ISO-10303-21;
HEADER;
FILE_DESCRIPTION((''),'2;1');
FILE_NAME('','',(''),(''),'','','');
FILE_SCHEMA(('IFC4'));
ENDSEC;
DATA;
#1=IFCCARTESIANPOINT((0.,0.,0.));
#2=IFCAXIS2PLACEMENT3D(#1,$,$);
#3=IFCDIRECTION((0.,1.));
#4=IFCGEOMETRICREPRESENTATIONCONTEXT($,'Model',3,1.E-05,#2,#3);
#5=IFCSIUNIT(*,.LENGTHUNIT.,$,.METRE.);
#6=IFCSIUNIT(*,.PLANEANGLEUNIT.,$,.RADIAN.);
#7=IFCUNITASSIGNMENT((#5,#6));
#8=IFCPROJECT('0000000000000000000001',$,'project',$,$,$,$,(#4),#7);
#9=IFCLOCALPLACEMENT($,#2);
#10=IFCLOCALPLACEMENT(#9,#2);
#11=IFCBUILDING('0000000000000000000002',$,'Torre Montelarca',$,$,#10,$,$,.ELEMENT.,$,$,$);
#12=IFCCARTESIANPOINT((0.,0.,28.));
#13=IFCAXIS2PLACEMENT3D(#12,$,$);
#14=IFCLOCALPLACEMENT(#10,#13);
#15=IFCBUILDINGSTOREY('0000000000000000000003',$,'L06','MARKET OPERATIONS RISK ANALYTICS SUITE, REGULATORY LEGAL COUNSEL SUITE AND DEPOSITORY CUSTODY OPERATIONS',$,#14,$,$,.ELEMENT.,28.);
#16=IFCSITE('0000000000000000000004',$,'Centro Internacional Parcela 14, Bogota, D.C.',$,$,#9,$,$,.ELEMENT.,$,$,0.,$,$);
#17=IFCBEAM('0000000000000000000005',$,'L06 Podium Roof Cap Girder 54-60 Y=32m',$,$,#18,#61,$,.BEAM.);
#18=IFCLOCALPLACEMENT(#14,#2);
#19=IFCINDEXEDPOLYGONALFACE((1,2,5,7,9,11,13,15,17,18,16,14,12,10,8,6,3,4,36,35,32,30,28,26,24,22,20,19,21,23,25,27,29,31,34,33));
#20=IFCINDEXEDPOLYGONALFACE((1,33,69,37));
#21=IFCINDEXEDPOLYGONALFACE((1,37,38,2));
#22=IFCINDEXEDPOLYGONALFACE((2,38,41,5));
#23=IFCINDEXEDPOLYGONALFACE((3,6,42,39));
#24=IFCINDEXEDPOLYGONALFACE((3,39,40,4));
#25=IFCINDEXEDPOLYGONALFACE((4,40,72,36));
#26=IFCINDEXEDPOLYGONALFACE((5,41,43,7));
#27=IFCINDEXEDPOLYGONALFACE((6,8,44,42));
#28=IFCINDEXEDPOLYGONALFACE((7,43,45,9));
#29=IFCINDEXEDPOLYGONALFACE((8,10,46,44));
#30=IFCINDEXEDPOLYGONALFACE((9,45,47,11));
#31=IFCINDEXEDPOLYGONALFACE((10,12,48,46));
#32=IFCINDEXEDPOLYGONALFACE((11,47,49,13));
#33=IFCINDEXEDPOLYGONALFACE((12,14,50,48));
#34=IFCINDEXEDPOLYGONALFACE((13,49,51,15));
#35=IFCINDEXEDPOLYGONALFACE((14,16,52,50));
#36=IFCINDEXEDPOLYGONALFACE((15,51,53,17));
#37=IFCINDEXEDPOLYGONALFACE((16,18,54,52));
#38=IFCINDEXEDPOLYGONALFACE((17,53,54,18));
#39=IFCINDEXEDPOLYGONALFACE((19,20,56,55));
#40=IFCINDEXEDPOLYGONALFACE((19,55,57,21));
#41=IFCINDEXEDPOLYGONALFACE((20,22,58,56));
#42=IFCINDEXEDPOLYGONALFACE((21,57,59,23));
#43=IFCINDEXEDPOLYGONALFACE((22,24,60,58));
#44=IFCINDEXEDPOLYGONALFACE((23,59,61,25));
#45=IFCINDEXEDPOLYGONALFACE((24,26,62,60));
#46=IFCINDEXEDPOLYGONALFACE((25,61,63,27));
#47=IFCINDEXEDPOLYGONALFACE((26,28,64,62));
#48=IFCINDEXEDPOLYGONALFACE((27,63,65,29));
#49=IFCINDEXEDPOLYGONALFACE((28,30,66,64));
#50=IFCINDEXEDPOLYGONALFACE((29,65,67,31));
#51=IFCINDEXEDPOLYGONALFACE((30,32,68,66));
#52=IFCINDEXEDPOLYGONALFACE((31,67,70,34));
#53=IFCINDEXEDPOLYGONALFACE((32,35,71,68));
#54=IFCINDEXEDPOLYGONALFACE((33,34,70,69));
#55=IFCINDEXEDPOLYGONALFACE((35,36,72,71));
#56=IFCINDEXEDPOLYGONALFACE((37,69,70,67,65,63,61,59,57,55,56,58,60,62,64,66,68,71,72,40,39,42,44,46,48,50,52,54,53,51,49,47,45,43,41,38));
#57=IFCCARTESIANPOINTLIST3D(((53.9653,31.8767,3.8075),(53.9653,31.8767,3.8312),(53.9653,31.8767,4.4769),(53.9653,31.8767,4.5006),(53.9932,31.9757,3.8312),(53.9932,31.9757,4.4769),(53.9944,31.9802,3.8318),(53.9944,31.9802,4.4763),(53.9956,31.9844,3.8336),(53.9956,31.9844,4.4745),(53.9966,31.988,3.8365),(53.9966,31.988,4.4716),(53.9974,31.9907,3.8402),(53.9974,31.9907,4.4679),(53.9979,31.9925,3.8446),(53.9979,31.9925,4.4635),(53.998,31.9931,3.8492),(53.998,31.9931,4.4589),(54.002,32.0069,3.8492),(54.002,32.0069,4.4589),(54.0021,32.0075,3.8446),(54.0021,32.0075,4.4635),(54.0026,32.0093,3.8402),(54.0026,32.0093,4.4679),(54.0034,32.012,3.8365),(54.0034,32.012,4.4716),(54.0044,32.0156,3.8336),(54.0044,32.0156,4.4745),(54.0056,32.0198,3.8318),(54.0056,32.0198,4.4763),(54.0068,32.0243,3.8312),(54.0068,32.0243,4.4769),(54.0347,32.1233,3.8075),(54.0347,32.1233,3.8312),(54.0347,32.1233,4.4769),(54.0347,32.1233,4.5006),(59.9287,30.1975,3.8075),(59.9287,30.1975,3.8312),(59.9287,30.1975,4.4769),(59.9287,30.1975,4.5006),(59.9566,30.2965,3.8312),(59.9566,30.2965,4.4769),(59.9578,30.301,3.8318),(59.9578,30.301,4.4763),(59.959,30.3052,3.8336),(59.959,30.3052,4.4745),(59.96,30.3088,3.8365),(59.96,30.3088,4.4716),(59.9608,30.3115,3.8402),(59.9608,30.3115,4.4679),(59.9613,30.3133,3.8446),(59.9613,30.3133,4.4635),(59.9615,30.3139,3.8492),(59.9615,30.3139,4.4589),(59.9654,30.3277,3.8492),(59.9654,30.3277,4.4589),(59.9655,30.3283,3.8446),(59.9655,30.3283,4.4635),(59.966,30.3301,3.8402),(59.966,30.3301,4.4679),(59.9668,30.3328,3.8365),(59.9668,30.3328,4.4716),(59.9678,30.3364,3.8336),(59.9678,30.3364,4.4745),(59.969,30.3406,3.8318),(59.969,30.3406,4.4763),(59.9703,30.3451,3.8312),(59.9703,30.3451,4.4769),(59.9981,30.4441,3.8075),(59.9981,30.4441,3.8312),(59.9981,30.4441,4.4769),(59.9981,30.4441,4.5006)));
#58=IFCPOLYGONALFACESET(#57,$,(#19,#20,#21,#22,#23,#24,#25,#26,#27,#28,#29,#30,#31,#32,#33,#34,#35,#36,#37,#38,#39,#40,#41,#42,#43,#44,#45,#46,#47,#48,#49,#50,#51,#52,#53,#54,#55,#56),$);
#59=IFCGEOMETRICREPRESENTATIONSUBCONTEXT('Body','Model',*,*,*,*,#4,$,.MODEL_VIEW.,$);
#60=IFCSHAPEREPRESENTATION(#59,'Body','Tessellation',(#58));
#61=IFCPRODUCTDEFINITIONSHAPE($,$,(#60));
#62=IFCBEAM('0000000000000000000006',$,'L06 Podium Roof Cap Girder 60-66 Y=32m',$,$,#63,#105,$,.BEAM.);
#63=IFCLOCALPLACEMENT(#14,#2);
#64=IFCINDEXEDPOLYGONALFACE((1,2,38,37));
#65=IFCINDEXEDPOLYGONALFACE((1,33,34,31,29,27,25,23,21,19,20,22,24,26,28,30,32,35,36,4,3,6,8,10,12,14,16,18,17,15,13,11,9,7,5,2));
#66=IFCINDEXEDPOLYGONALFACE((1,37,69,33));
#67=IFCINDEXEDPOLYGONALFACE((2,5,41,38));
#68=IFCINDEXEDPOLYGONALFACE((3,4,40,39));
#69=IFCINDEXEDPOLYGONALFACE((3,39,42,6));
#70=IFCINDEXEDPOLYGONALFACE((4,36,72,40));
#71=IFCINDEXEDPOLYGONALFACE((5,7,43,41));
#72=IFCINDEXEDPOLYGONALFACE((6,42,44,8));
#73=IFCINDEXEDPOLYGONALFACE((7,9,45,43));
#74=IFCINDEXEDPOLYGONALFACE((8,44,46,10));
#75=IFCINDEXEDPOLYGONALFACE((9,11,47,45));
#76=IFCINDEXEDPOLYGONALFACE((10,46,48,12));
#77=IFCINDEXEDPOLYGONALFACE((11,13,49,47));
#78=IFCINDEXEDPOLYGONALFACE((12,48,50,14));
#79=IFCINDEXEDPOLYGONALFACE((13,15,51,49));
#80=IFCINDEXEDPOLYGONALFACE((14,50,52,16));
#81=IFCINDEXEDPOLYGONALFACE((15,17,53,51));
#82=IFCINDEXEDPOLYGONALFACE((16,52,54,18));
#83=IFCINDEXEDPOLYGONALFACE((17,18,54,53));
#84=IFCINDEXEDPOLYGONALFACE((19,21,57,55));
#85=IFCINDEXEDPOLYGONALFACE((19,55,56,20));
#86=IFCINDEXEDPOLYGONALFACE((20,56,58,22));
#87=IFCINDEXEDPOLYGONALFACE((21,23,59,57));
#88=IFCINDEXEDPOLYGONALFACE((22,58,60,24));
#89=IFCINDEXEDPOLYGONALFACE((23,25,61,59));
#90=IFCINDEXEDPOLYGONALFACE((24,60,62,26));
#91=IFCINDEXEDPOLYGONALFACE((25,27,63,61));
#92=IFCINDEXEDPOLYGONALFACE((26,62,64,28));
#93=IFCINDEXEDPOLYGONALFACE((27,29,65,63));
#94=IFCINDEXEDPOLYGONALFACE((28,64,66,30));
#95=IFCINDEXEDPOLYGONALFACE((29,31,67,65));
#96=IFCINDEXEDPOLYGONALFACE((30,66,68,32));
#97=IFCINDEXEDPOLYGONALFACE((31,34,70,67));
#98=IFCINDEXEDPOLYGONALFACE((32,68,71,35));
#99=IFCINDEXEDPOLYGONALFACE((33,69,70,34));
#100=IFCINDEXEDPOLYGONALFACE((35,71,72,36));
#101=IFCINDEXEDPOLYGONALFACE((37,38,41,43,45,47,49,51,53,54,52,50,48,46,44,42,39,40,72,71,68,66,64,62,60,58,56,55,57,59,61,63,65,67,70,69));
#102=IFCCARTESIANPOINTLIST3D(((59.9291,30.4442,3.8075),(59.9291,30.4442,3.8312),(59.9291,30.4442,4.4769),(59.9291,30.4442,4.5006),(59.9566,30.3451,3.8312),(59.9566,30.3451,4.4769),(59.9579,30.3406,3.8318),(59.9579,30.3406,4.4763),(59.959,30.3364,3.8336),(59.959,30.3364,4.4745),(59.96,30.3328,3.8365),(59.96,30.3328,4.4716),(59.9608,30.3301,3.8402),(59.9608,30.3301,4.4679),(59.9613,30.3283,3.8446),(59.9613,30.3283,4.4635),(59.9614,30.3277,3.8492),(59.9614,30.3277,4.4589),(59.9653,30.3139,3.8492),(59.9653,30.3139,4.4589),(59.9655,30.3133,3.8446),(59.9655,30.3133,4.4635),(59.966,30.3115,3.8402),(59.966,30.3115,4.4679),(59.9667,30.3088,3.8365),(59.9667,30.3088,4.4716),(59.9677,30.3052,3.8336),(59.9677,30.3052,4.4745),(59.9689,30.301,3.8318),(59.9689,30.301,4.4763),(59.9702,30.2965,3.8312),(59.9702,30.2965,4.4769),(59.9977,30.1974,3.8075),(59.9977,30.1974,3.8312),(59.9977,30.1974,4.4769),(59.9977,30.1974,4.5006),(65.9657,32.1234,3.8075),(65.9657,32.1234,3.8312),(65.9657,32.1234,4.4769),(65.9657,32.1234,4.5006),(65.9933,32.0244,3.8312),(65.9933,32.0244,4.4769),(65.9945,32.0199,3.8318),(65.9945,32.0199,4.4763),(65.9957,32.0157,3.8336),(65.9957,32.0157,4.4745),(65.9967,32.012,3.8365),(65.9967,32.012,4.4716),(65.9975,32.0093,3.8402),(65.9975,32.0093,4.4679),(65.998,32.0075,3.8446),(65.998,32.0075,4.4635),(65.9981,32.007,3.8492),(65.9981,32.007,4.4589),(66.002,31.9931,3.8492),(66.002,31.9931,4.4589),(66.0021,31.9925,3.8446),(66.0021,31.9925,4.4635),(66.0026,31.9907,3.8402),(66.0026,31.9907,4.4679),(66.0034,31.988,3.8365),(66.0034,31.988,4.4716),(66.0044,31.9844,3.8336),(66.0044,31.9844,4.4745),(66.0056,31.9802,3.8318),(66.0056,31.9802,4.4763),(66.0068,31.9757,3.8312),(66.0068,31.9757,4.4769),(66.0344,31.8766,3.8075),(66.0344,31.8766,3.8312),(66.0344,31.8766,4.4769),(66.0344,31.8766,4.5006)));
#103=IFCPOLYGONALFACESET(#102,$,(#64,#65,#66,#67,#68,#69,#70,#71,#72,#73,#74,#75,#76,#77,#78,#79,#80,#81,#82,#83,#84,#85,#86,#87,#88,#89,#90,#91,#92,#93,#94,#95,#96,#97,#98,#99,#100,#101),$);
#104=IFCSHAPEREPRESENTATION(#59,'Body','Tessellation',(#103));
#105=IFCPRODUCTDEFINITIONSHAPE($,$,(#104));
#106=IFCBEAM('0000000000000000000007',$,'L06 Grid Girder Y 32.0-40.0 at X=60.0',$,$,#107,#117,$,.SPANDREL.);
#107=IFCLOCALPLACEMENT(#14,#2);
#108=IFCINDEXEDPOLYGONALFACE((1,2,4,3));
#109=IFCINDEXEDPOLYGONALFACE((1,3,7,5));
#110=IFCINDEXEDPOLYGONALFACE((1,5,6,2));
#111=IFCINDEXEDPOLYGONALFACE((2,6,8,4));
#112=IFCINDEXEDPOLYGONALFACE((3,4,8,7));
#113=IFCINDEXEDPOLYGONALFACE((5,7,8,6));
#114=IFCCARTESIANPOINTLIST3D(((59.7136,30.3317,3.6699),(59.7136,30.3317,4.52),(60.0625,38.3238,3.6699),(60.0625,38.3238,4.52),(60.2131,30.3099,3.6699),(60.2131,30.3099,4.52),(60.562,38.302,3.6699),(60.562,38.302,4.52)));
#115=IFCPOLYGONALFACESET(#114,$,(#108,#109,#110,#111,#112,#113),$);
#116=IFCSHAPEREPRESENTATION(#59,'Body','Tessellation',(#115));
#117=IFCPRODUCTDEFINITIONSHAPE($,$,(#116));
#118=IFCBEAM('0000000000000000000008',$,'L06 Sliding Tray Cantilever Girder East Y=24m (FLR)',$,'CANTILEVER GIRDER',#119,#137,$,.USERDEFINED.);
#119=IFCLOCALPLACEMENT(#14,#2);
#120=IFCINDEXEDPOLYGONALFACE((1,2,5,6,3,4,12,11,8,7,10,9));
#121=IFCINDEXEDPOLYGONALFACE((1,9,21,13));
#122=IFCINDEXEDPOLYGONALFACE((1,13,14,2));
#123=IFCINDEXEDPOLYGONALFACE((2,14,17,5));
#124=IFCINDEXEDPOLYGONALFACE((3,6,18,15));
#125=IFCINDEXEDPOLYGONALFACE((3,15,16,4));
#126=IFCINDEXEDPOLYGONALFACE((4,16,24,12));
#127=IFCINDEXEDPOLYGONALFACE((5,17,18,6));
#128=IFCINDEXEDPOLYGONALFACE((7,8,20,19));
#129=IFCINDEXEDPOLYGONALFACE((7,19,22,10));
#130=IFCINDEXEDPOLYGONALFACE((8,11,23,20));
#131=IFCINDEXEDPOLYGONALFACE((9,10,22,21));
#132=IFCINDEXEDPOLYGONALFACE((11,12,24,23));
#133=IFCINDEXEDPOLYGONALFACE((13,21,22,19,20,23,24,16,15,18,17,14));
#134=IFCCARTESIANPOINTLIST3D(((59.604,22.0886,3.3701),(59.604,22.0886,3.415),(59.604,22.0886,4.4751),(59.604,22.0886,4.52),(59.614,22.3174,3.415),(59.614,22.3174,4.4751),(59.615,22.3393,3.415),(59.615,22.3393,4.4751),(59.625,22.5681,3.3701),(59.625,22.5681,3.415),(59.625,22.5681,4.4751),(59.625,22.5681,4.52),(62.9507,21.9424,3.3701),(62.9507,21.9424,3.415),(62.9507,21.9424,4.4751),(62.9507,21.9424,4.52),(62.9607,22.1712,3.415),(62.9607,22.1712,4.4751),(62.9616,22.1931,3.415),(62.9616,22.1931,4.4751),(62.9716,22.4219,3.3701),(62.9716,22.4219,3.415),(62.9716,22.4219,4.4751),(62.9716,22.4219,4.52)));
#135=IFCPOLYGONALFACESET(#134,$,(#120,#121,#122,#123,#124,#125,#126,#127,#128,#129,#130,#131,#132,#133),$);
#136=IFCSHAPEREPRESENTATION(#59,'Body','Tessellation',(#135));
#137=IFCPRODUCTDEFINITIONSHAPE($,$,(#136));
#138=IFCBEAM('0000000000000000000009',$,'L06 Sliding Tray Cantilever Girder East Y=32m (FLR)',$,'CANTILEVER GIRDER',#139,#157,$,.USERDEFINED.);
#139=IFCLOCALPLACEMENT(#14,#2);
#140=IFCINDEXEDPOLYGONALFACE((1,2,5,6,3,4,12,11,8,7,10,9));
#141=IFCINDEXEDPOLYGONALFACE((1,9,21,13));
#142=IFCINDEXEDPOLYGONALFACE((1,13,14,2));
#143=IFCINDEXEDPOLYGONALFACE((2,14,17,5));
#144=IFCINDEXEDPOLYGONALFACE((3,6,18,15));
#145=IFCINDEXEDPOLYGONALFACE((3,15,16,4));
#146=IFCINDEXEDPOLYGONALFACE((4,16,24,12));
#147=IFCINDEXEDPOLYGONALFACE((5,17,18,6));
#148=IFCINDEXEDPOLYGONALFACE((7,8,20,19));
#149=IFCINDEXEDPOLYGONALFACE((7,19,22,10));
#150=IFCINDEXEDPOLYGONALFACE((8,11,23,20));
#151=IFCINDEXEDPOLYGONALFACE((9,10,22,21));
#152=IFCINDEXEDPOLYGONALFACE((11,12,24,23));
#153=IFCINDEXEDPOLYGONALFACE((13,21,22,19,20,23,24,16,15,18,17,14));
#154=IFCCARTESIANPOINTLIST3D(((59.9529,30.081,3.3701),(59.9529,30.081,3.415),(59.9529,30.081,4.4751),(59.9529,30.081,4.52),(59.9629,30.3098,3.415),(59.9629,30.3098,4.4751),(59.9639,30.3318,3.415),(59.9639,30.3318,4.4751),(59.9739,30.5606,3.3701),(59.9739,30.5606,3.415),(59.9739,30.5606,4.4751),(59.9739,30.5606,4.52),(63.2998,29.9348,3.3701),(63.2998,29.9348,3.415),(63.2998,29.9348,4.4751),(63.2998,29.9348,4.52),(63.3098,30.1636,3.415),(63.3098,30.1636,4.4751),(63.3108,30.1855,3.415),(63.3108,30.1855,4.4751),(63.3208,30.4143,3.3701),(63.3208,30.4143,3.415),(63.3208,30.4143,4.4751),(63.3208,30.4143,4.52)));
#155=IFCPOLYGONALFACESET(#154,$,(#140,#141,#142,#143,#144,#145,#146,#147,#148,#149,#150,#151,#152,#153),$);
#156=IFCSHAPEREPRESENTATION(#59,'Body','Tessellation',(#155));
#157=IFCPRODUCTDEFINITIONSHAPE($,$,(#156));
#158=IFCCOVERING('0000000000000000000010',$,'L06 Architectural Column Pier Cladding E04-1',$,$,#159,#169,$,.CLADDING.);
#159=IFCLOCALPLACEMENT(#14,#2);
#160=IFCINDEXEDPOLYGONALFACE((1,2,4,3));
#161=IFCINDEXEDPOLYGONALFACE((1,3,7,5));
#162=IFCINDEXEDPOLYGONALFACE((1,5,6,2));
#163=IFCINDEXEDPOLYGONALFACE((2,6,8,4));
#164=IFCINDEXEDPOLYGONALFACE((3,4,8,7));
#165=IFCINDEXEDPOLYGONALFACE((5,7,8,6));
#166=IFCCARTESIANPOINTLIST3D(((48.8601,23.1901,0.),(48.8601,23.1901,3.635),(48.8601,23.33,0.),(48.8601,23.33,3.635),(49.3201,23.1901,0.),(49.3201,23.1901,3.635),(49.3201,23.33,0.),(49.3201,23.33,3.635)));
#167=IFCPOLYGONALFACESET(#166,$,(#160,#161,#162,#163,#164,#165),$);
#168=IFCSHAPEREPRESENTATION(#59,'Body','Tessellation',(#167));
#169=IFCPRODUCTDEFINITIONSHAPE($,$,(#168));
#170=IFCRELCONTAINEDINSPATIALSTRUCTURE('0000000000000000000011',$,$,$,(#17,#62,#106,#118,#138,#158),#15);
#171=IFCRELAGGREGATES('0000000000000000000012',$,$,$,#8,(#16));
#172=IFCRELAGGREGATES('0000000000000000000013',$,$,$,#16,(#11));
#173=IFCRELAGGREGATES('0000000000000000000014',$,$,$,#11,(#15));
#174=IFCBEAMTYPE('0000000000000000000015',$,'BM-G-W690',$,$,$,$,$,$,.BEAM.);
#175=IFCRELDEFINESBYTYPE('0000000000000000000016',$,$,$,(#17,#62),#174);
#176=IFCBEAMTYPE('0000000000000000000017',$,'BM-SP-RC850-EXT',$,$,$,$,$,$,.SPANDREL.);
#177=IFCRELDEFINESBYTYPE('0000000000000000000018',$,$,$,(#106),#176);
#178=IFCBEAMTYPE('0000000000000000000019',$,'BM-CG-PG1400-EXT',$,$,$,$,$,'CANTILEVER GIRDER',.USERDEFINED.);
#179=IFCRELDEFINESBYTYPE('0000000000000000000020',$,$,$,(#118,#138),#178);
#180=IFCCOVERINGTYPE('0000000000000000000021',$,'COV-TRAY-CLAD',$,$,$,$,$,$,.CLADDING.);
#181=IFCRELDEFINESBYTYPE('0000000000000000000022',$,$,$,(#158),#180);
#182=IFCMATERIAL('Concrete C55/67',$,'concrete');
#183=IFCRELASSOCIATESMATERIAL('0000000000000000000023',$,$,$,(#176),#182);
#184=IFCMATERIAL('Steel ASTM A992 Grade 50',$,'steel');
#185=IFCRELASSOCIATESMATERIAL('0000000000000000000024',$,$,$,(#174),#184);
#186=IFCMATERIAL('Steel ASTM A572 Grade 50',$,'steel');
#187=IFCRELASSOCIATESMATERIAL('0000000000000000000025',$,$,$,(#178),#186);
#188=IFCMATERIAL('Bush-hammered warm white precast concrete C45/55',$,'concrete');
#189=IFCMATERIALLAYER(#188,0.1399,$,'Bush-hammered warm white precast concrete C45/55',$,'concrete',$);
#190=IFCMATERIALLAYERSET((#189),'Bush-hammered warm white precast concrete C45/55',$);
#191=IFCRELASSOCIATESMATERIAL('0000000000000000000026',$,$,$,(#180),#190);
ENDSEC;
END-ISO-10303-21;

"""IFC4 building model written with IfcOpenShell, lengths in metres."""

from ifc_helpers import new_model, si_unit, direction, frame, origin, origin_2d, place, context, subcontext, project, spatial, rectangle, i_section, extrude, source, transform, mapped, material, layer, layer_set, material_profile, profile_set, type_object, element, save


model = new_model("IFC4")

# Units and contexts
model_context = context("Model", 3, precision=1e-05, world=origin(), true_north=direction((0.0, 1.0)))
body_context = subcontext(model_context, "Body", "Model", "MODEL_VIEW")
ifc_project = project(units=[si_unit("LENGTHUNIT", "METRE"), si_unit("PLANEANGLEUNIT", "RADIAN")], contexts=[model_context])

# Site, building, storey
site_placement = place(None, origin())
site = spatial("IfcSite", under=ifc_project, at=site_placement, Name="Centro Internacional Parcela 14, Bogota, D.C.", CompositionType="ELEMENT", RefElevation=0.0)
building_placement = place(site_placement, origin())
building = spatial("IfcBuilding", under=site, at=building_placement, Name="Torre Montelarca", CompositionType="ELEMENT")
storey_placement = place(building_placement, frame((0.0, 0.0, 28.0)))
storey = spatial("IfcBuildingStorey", under=building, at=storey_placement, Name="L06", Description="MARKET OPERATIONS RISK ANALYTICS SUITE, REGULATORY LEGAL COUNSEL SUITE AND DEPOSITORY CUSTODY OPERATIONS", CompositionType="ELEMENT", Elevation=28.0)

# Shared definitions
ifc_material_1 = material(Name="Steel ASTM A992 Grade 50", Category="steel")

# Beams
ifc_material_2 = material(Name="Concrete C55/67", Category="concrete")
ifc_material_profile_1 = material_profile(ifc_material_2, rectangle(XDim=0.5, YDim=0.8501, at=origin_2d()), Name="RCB500X850", Category="concrete")
ifc_profile_set_1 = profile_set([ifc_material_profile_1], Name="Concrete C55/67")
beam_type_1 = type_object("IfcBeamType", Name="BM-SP-RC850-EXT", PredefinedType="SPANDREL", material=ifc_profile_set_1)
ifc_material_profile_2 = material_profile(ifc_material_1, i_section(OverallWidth=0.2561, OverallDepth=0.6931, WebThickness=0.0144, FlangeThickness=0.0237, FilletRadius=0.0181, at=origin_2d()), Name="W690X170", Category="steel")
ifc_profile_set_2 = profile_set([ifc_material_profile_2], Name="Steel ASTM A992 Grade 50")
beam_type_2 = type_object("IfcBeamType", Name="BM-G-W690", PredefinedType="BEAM", material=ifc_profile_set_2)
shared_shape_1 = source(origin(), body_context, "Body", "SweptSolid", [
    extrude(i_section(OverallWidth=0.2561, OverallDepth=0.6931, WebThickness=0.0144, FlangeThickness=0.0237, FilletRadius=0.0181, at=origin_2d()), origin(), (0.0, 0.0, 1.0), 6.1953),
])
beam_1_placement = place(storey_placement, frame((54.0, 32.0, 4.1541), z_axis=(0.962567, -0.271045, 0.0), x_axis=(0.271045, 0.962567, 0.0)))
element("IfcBeam", 1, at=beam_1_placement, inside=storey, type_object=beam_type_2, Name="L06 Podium Roof Cap Girder 54-60 Y=32m", PredefinedType="BEAM", context=body_context, shape_type="MappedRepresentation", body=[
    mapped(shared_shape_1, transform((0.0, 0.0, 0.0), scale=1.0)),
])
shared_shape_2 = source(origin(), body_context, "Body", "SweptSolid", [
    extrude(i_section(OverallWidth=0.2561, OverallDepth=0.6931, WebThickness=0.0144, FlangeThickness=0.0237, FilletRadius=0.0181, at=origin_2d()), origin(), (0.0, 0.0, 1.0), 6.2659),
])
beam_2_placement = place(storey_placement, frame((59.9634, 30.3208, 4.1541), z_axis=(0.963421, 0.267994, 0.0), x_axis=(-0.267994, 0.963421, 0.0)))
element("IfcBeam", 2, at=beam_2_placement, inside=storey, type_object=beam_type_2, Name="L06 Podium Roof Cap Girder 60-66 Y=32m", PredefinedType="BEAM", context=body_context, shape_type="MappedRepresentation", body=[
    mapped(shared_shape_2, transform((0.0, 0.0, 0.0), scale=1.0)),
])
shared_shape_3 = source(origin(), body_context, "Body", "SweptSolid", [
    extrude(rectangle(XDim=0.5, YDim=0.8501, at=origin_2d()), origin(), (0.0, 0.0, 1.0), 7.9998),
])
beam_3_placement = place(storey_placement, frame((59.9634, 30.3208, 4.095), z_axis=(0.043611, 0.999049, 0.0), x_axis=(-0.999049, 0.043611, 0.0)))
element("IfcBeam", 3, at=beam_3_placement, inside=storey, type_object=beam_type_1, Name="L06 Grid Girder Y 32.0-40.0 at X=60.0", PredefinedType="SPANDREL", context=body_context, shape_type="MappedRepresentation", body=[
    mapped(shared_shape_3, transform((0.0, 0.0, 0.0), scale=1.0)),
])
ifc_material_3 = material(Name="Steel ASTM A572 Grade 50", Category="steel")
ifc_material_profile_3 = material_profile(ifc_material_3, i_section(OverallWidth=0.48, OverallDepth=1.1499, WebThickness=0.022, FlangeThickness=0.0449, at=origin_2d()), Name="PG1150X480X22X45", Category="steel")
ifc_profile_set_3 = profile_set([ifc_material_profile_3], Name="Steel ASTM A572 Grade 50")
beam_type_3 = type_object("IfcBeamType", Name="BM-CG-PG1400-EXT", ElementType="CANTILEVER GIRDER", PredefinedType="USERDEFINED", material=ifc_profile_set_3)
shared_shape_4 = source(origin(), body_context, "Body", "SweptSolid", [
    extrude(i_section(OverallWidth=0.48, OverallDepth=1.1499, WebThickness=0.022, FlangeThickness=0.0449, at=origin_2d()), origin(), (0.0, 0.0, 1.0), 3.3499),
])
beam_4_placement = place(storey_placement, frame((59.6145, 22.3284, 3.9451), z_axis=(0.999047, -0.043655, 0.0), x_axis=(0.043655, 0.999047, 0.0)))
element("IfcBeam", 4, at=beam_4_placement, inside=storey, type_object=beam_type_3, Name="L06 Sliding Tray Cantilever Girder East Y=24m (FLR)", ObjectType="CANTILEVER GIRDER", PredefinedType="USERDEFINED", context=body_context, shape_type="MappedRepresentation", body=[
    mapped(shared_shape_4, transform((0.0, 0.0, 0.0), scale=1.0)),
])
shared_shape_5 = source(origin(), body_context, "Body", "SweptSolid", [
    extrude(i_section(OverallWidth=0.48, OverallDepth=1.1499, WebThickness=0.022, FlangeThickness=0.0449, at=origin_2d()), origin(), (0.0, 0.0, 1.0), 3.3501),
])
beam_5_placement = place(storey_placement, frame((59.9634, 30.3208, 3.9451), z_axis=(0.999047, -0.043652, 0.0), x_axis=(0.043652, 0.999047, 0.0)))
element("IfcBeam", 5, at=beam_5_placement, inside=storey, type_object=beam_type_3, Name="L06 Sliding Tray Cantilever Girder East Y=32m (FLR)", ObjectType="CANTILEVER GIRDER", PredefinedType="USERDEFINED", context=body_context, shape_type="MappedRepresentation", body=[
    mapped(shared_shape_5, transform((0.0, 0.0, 0.0), scale=1.0)),
])

# Covering
ifc_material_4 = material(Name="Bush-hammered warm white precast concrete C45/55", Category="concrete")
ifc_layer = layer(ifc_material_4, 0.1399, Name="Bush-hammered warm white precast concrete C45/55", Category="concrete")
ifc_layer_set = layer_set([ifc_layer], Name="Bush-hammered warm white precast concrete C45/55")
covering_type = type_object("IfcCoveringType", Name="COV-TRAY-CLAD", PredefinedType="CLADDING", material=ifc_layer_set)
shared_shape_6 = source(origin(), body_context, "Body", "SweptSolid", [
    extrude(rectangle(XDim=0.46, YDim=0.1399, at=origin_2d()), origin(), (0.0, 0.0, 1.0), 3.635),
])
covering_1_placement = place(storey_placement, frame((49.0901, 23.26, 0.0), z_axis=(0.0, 0.0, 1.0), x_axis=(1.0, 0.0, 0.0)))
element("IfcCovering", 6, at=covering_1_placement, inside=storey, type_object=covering_type, Name="L06 Architectural Column Pier Cladding E04-1", PredefinedType="CLADDING", context=body_context, shape_type="MappedRepresentation", body=[
    mapped(shared_shape_6, transform((0.0, 0.0, 0.0), scale=1.0)),
])

save(model, "model.ifc")
